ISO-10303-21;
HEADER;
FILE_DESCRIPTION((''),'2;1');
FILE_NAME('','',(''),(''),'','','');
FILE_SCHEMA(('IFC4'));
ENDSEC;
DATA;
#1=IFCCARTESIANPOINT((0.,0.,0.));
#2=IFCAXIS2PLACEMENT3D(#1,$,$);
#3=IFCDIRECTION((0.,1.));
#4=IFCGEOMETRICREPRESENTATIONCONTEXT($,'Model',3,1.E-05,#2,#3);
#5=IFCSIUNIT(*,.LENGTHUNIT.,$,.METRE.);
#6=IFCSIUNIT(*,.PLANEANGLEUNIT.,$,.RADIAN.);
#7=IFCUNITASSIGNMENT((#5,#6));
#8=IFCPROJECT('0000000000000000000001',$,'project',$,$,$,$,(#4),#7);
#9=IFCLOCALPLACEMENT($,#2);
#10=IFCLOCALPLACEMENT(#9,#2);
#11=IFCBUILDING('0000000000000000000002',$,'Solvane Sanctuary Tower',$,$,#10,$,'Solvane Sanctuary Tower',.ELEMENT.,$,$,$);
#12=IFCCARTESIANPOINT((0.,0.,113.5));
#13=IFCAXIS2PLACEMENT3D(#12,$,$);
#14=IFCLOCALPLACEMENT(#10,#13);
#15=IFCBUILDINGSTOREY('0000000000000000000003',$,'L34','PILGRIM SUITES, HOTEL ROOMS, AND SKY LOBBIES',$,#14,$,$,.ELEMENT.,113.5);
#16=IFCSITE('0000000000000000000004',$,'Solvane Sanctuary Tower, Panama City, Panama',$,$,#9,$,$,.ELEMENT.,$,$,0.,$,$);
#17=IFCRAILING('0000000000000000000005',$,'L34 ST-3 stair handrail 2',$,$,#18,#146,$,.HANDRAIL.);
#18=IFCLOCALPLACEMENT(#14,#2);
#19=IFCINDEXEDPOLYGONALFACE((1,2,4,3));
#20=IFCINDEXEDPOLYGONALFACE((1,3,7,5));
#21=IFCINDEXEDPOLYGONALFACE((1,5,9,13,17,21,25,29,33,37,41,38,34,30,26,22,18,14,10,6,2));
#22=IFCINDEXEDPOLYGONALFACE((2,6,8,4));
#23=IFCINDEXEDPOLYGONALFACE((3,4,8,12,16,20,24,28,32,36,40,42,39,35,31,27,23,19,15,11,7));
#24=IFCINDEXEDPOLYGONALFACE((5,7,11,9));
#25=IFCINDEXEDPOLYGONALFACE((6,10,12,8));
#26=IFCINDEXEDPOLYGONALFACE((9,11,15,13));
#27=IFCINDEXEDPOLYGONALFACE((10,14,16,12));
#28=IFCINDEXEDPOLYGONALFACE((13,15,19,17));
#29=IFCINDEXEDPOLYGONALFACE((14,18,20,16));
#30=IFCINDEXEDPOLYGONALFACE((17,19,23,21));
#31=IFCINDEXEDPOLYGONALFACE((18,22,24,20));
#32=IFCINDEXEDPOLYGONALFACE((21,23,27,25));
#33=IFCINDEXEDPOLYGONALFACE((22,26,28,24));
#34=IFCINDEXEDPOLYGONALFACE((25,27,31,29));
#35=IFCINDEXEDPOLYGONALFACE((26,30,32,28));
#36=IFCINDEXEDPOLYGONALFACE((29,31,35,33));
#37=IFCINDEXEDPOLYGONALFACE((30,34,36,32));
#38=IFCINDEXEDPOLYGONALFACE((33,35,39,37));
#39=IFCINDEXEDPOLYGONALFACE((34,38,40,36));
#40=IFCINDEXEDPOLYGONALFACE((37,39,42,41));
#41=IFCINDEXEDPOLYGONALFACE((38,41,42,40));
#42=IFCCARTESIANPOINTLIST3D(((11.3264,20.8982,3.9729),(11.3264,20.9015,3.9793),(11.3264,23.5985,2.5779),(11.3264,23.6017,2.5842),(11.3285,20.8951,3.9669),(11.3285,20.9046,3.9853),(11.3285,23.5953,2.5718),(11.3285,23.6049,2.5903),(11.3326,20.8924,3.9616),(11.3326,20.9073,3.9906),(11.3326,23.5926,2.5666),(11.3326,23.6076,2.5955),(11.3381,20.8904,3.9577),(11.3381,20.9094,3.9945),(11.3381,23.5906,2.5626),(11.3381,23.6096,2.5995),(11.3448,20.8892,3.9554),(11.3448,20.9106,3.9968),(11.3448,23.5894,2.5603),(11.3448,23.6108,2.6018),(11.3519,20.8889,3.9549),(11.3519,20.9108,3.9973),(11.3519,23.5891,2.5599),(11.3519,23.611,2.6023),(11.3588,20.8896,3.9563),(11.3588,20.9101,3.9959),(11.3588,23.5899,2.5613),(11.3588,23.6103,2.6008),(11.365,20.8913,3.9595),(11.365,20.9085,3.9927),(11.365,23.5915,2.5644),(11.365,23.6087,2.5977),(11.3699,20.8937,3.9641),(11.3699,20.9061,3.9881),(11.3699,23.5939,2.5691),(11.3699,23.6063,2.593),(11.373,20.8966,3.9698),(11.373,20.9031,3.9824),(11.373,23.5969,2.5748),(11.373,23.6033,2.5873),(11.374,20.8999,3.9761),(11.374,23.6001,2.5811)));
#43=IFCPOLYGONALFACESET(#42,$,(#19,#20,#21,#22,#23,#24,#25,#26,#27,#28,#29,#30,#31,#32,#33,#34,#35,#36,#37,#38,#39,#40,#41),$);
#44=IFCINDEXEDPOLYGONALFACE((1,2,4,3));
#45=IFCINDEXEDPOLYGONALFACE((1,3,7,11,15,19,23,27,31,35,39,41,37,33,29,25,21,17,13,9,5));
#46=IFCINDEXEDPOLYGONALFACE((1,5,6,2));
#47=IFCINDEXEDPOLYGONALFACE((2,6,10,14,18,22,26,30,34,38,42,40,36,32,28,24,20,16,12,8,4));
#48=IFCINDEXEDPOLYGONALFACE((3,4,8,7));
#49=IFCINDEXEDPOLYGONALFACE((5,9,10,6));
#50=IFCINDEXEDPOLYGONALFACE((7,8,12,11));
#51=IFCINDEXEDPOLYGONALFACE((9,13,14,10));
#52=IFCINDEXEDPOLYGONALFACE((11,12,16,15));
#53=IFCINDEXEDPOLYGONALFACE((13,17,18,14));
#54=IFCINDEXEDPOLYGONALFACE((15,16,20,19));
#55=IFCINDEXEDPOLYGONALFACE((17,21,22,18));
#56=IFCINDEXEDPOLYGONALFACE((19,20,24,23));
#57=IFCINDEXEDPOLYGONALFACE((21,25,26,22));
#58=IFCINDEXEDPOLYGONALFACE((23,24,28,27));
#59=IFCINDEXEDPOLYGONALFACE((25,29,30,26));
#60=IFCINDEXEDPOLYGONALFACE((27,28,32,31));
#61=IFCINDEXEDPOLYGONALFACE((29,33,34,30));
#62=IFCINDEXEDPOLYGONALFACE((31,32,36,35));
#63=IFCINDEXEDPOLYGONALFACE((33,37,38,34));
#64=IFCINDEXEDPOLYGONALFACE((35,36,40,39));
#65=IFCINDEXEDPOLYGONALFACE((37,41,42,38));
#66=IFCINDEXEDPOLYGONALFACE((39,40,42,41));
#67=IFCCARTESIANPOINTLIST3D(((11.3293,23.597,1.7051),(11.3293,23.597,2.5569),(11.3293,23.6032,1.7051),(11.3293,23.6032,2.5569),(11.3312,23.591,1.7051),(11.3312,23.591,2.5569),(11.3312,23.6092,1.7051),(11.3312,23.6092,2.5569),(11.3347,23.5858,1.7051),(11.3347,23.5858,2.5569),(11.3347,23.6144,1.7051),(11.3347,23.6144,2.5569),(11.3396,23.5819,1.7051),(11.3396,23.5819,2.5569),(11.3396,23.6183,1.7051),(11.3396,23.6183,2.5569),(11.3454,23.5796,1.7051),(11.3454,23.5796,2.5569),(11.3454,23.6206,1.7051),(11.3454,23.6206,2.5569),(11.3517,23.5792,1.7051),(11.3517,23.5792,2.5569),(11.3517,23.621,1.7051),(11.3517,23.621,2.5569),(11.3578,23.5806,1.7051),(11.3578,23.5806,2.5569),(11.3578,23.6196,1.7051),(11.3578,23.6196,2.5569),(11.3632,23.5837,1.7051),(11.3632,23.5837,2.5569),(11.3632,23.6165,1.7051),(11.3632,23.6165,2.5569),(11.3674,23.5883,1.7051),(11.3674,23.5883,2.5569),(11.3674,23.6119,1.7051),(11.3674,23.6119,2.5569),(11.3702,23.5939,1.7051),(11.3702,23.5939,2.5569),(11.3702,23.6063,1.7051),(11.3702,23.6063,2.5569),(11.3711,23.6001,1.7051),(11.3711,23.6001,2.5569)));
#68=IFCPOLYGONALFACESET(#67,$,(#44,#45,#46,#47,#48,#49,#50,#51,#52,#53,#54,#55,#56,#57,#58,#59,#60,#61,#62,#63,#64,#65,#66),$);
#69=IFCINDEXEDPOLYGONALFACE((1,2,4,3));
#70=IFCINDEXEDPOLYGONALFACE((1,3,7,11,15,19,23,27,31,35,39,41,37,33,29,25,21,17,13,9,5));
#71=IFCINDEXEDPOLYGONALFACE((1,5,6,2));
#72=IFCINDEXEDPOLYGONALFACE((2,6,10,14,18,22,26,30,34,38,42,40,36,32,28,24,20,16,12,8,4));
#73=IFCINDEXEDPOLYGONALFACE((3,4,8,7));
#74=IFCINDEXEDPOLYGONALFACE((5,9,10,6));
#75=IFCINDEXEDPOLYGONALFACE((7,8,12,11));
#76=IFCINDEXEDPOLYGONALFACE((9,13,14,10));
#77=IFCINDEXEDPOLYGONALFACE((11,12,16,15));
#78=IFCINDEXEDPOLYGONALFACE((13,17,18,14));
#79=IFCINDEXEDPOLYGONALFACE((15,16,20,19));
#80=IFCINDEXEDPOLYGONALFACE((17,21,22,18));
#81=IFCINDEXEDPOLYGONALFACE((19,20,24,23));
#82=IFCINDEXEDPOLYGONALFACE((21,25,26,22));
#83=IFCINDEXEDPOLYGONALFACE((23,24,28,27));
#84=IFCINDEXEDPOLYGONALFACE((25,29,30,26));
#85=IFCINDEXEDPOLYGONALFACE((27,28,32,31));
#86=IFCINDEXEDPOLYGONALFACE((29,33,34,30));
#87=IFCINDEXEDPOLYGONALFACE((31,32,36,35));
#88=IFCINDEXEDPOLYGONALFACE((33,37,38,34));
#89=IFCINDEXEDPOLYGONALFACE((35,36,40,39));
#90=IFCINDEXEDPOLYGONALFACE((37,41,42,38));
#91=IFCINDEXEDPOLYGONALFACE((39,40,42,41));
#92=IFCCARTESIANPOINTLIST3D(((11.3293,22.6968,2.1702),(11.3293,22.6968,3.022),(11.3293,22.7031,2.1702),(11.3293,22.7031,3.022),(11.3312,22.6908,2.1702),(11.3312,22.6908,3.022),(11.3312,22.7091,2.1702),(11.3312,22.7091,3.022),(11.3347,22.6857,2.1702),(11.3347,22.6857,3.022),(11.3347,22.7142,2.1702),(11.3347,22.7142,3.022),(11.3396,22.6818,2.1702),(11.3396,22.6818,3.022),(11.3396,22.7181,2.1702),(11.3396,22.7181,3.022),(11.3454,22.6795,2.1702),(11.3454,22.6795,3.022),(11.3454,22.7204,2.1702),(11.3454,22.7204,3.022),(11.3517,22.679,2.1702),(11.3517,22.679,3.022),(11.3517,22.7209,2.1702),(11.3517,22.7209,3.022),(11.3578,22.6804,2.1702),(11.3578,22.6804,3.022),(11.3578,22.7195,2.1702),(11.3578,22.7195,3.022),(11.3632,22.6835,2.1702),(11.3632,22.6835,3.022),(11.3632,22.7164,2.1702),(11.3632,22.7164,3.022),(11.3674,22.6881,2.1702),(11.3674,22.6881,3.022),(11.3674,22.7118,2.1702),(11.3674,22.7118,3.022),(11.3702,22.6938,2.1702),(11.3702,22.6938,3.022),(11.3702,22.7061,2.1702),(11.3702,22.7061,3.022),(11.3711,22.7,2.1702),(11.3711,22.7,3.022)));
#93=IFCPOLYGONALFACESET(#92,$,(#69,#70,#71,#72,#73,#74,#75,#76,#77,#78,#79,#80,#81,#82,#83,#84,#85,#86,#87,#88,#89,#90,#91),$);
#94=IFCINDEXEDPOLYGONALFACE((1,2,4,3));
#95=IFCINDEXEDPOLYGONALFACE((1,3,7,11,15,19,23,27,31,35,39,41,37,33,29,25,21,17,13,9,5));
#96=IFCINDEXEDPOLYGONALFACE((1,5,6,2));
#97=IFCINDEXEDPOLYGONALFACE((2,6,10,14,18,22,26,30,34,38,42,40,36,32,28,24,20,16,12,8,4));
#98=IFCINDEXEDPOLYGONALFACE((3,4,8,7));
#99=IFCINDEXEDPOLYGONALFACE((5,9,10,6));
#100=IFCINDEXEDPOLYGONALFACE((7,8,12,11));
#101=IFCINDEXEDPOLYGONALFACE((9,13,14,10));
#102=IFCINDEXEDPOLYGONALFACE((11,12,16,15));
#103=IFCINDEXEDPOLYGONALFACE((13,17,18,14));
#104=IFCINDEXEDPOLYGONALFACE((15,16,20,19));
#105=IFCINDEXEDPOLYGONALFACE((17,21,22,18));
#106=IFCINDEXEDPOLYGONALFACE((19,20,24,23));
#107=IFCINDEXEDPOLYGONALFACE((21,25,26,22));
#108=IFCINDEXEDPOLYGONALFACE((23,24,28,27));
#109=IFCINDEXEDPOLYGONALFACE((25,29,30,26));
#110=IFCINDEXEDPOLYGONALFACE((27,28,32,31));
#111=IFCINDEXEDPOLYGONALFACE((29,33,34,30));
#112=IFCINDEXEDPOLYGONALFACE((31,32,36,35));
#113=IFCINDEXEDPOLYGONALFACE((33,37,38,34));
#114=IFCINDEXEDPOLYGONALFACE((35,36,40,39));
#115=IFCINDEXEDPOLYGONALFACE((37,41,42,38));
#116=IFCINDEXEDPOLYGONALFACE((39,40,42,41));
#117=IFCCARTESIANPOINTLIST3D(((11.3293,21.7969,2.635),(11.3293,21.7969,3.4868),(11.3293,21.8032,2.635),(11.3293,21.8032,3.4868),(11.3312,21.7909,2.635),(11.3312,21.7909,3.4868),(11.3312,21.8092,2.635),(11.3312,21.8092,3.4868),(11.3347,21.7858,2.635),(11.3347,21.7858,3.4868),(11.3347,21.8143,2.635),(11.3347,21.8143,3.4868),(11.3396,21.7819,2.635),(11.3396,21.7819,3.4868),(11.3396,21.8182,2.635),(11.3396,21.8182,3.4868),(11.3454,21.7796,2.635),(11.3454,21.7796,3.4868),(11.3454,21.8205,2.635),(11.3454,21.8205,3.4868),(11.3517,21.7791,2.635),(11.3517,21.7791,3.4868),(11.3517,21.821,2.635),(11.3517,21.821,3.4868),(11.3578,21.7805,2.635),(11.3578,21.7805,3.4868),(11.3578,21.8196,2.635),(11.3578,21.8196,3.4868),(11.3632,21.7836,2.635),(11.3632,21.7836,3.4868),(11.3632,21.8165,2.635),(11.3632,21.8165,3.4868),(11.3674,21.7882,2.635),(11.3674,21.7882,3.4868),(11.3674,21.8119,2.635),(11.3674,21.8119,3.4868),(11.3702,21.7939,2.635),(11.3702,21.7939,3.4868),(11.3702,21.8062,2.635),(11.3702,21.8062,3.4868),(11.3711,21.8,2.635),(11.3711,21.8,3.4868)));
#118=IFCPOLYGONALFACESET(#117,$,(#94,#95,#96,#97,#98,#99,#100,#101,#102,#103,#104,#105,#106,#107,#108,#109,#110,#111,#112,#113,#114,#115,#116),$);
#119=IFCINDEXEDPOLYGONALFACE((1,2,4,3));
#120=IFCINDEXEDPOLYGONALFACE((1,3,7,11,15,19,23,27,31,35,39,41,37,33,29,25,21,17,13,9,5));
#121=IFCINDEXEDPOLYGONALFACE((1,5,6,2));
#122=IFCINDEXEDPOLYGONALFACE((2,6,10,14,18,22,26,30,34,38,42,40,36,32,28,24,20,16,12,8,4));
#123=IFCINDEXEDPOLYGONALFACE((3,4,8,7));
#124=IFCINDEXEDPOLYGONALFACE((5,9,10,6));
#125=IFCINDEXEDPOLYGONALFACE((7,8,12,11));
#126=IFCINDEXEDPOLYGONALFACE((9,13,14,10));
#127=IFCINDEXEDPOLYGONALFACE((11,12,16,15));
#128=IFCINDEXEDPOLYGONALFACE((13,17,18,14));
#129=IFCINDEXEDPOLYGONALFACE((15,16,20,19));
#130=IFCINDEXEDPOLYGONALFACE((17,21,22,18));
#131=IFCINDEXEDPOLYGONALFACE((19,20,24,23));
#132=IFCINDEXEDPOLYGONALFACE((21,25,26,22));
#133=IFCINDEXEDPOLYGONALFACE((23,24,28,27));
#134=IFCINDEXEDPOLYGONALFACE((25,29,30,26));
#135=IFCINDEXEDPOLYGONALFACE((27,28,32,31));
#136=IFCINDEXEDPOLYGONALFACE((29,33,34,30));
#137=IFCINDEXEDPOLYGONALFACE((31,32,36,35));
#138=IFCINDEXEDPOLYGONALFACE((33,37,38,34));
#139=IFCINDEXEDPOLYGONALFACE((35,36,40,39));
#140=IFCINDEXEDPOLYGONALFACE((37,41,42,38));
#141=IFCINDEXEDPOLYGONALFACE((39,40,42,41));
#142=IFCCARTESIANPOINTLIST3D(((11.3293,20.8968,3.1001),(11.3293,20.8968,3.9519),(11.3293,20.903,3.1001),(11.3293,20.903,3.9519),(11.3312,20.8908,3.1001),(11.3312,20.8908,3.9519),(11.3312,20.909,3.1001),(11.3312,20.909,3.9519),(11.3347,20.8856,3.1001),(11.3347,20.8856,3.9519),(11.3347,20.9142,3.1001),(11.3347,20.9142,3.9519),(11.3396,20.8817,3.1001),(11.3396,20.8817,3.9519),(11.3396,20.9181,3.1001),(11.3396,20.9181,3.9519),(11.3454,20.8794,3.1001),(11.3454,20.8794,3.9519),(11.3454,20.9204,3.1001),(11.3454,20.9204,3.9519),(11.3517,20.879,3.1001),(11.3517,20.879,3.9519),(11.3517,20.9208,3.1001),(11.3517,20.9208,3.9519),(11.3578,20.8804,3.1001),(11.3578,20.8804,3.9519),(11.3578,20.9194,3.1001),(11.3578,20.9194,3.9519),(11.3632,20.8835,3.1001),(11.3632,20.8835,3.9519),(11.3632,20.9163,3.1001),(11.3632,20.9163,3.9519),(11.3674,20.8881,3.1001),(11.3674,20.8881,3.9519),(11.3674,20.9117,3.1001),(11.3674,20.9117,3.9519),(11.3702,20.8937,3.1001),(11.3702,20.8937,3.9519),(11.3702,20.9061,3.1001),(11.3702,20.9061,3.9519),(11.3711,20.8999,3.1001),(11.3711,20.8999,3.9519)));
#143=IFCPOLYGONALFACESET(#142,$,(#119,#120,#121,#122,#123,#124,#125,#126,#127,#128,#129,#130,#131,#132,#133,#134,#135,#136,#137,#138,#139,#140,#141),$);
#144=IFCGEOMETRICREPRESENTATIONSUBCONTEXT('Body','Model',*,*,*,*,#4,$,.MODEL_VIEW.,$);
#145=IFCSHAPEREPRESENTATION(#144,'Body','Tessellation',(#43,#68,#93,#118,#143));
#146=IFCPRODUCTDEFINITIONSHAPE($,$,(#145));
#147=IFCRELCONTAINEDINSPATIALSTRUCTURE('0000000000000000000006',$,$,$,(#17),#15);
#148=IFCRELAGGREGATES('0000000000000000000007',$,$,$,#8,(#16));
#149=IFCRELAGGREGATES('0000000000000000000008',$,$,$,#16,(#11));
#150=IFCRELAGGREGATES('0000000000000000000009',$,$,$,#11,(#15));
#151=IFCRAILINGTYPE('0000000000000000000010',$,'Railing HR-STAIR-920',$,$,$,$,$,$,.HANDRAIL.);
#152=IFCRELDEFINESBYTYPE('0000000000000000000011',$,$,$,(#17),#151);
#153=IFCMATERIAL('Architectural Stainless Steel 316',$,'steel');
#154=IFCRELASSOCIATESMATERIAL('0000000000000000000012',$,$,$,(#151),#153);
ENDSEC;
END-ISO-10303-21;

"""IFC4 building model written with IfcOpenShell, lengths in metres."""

from ifc_helpers import new_model, si_unit, direction, frame, origin, origin_2d, place, context, subcontext, project, spatial, circle, extrude, material, type_object, element, save


model = new_model("IFC4")

# Units and contexts
model_context = context("Model", 3, precision=1e-05, world=origin(), true_north=direction((0.0, 1.0)))
body_context = subcontext(model_context, "Body", "Model", "MODEL_VIEW")
ifc_project = project(units=[si_unit("LENGTHUNIT", "METRE"), si_unit("PLANEANGLEUNIT", "RADIAN")], contexts=[model_context])

# Site, building, storey
site_placement = place(None, origin())
site = spatial("IfcSite", under=ifc_project, at=site_placement, Name="Solvane Sanctuary Tower, Panama City, Panama", CompositionType="ELEMENT", RefElevation=0.0)
building_placement = place(site_placement, origin())
building = spatial("IfcBuilding", under=site, at=building_placement, Name="Solvane Sanctuary Tower", LongName="Solvane Sanctuary Tower", CompositionType="ELEMENT")
storey_placement = place(building_placement, frame((0.0, 0.0, 113.5)))
storey = spatial("IfcBuildingStorey", under=building, at=storey_placement, Name="L34", Description="PILGRIM SUITES, HOTEL ROOMS, AND SKY LOBBIES", CompositionType="ELEMENT", Elevation=113.5)

# Shared definitions
ifc_material_1 = material(Name="Architectural Stainless Steel 316", Category="steel")

# Railing
railing_type_1 = type_object("IfcRailingType", Name="Railing HR-STAIR-920", PredefinedType="HANDRAIL", material=ifc_material_1)
railing_1_placement = place(storey_placement, frame((11.3501, 23.6001, 1.7051)))
element("IfcRailing", 1, at=railing_1_placement, inside=storey, type_object=railing_type_1, Name="L34 ST-3 stair handrail 2", PredefinedType="HANDRAIL", context=body_context, shape_type="SweptSolid", body=[
    extrude(circle(Radius=0.0239, at=origin_2d()), frame((0.0, 0.0, 0.876), z_axis=(0.0, -0.888437, 0.458999), x_axis=(1.0, 0.0, 0.0)), (0.0, 0.0, 1.0), 3.0393),
    extrude(circle(Radius=0.021, at=origin_2d()), origin(), (0.0, 0.0, 1.0), 0.8518),
    extrude(circle(Radius=0.021, at=origin_2d()), frame((0.0, -0.9001, 0.4651)), (0.0, 0.0, 1.0), 0.8518),
    extrude(circle(Radius=0.021, at=origin_2d()), frame((0.0, -1.8, 0.9299)), (0.0, 0.0, 1.0), 0.8518),
    extrude(circle(Radius=0.021, at=origin_2d()), frame((0.0, -2.7002, 1.395)), (0.0, 0.0, 1.0), 0.8518),
])

save(model, "model.ifc")
